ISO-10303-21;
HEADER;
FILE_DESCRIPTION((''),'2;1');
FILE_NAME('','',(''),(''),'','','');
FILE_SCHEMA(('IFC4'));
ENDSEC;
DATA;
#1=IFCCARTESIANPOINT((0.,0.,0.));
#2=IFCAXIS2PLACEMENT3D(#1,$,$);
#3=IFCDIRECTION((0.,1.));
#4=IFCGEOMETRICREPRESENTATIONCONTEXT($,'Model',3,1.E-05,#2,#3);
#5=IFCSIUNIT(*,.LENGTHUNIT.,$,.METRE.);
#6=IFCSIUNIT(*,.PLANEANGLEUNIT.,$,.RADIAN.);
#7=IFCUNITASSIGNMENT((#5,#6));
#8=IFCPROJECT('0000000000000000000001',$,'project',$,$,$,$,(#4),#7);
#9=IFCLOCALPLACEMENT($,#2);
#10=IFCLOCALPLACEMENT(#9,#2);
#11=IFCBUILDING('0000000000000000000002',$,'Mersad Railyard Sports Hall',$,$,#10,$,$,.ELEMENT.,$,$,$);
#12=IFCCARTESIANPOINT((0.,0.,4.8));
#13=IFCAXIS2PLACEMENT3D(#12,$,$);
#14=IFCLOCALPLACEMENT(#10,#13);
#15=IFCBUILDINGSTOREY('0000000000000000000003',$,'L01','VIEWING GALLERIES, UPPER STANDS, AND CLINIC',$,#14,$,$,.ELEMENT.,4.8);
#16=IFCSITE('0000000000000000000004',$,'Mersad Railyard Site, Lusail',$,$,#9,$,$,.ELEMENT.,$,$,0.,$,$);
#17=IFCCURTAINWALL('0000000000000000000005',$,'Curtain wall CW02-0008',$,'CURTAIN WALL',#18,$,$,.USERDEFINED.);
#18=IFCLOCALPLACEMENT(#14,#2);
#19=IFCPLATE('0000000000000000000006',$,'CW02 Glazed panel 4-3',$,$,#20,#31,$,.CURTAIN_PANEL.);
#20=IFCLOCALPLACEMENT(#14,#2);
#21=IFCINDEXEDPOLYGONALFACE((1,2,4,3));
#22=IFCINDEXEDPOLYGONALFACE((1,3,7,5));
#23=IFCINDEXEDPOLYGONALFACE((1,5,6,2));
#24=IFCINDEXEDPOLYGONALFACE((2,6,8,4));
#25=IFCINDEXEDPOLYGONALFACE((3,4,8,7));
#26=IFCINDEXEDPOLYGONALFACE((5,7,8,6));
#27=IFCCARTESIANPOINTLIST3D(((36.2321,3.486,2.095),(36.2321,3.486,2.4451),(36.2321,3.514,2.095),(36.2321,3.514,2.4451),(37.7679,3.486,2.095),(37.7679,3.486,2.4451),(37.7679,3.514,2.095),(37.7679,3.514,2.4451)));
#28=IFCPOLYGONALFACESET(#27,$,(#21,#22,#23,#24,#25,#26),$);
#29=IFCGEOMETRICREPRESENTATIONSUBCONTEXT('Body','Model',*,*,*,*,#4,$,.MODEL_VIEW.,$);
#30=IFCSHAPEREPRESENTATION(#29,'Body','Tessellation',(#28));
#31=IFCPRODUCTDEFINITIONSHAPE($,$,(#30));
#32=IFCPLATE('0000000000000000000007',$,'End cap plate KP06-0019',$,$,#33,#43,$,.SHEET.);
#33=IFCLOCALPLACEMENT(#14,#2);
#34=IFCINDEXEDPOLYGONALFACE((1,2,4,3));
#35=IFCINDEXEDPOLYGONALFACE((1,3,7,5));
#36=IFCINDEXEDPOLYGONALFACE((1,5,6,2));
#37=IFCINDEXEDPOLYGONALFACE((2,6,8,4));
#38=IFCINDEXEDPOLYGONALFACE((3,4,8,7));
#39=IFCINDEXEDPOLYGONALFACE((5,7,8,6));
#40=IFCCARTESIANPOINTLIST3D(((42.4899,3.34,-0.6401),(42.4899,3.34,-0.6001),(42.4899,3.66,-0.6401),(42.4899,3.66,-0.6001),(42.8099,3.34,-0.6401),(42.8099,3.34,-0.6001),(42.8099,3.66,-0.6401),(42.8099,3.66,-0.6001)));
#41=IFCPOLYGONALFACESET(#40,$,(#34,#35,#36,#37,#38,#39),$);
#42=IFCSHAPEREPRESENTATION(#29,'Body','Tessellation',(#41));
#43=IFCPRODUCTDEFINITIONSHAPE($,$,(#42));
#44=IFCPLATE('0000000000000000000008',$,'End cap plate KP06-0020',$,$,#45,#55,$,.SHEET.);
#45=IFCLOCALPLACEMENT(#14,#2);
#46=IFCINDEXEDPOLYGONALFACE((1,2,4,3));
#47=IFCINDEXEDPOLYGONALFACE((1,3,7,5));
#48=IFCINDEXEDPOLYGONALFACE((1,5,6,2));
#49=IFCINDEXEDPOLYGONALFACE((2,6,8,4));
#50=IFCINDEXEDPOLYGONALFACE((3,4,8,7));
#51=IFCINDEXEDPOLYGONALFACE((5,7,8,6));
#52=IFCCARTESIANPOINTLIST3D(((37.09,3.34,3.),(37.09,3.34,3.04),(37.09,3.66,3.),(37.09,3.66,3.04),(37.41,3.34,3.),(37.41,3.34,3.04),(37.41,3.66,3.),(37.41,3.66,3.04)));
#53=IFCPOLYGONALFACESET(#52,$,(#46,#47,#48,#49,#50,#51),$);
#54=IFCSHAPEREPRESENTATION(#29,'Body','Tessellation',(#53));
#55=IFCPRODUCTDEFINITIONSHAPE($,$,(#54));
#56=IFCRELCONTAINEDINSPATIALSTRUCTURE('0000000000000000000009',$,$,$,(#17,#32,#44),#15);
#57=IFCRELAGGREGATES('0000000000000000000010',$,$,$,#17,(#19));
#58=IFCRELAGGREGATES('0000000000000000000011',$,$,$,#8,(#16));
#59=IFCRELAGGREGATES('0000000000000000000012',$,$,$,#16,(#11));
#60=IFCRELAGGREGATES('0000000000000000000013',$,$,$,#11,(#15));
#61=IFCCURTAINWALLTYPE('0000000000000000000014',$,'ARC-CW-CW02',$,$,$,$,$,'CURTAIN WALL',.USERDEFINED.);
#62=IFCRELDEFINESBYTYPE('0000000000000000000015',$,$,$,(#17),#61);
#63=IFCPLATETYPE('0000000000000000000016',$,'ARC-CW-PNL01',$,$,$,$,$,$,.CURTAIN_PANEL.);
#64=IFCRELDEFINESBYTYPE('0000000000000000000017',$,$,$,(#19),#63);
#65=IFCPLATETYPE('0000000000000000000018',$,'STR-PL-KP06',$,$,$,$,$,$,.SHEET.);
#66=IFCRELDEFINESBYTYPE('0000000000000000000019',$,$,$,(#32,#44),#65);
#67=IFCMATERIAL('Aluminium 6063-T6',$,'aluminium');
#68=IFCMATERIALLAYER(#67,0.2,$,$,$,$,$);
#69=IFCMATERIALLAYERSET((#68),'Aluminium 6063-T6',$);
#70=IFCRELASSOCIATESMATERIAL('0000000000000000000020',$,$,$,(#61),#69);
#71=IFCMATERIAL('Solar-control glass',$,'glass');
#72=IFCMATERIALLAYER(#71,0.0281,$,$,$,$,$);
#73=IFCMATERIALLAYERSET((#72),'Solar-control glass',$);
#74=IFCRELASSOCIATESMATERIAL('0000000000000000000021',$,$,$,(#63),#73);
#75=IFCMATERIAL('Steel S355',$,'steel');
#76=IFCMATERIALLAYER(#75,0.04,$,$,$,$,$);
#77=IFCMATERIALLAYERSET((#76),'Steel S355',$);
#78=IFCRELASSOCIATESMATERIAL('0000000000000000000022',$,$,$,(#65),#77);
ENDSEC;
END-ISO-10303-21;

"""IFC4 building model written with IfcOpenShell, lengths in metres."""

from ifc_helpers import new_model, si_unit, direction, frame, origin, origin_2d, place, context, subcontext, project, spatial, rectangle, extrude, material, layer, layer_set, type_object, element, aggregate, save


model = new_model("IFC4")

# Units and contexts
model_context = context("Model", 3, precision=1e-05, world=origin(), true_north=direction((0.0, 1.0)))
body_context = subcontext(model_context, "Body", "Model", "MODEL_VIEW")
ifc_project = project(units=[si_unit("LENGTHUNIT", "METRE"), si_unit("PLANEANGLEUNIT", "RADIAN")], contexts=[model_context])

# Site, building, storey
site_placement = place(None, origin())
site = spatial("IfcSite", under=ifc_project, at=site_placement, Name="Mersad Railyard Site, Lusail", CompositionType="ELEMENT", RefElevation=0.0)
building_placement = place(site_placement, origin())
building = spatial("IfcBuilding", under=site, at=building_placement, Name="Mersad Railyard Sports Hall", CompositionType="ELEMENT")
storey_placement = place(building_placement, frame((0.0, 0.0, 4.8)))
storey = spatial("IfcBuildingStorey", under=building, at=storey_placement, Name="L01", Description="VIEWING GALLERIES, UPPER STANDS, AND CLINIC", CompositionType="ELEMENT", Elevation=4.8)

# Curtain wall
ifc_material_1 = material(Name="Aluminium 6063-T6", Category="aluminium")
ifc_layer_1 = layer(ifc_material_1, 0.2)
ifc_layer_set_1 = layer_set([ifc_layer_1], Name="Aluminium 6063-T6")
curtain_wall_type = type_object("IfcCurtainWallType", Name="ARC-CW-CW02", ElementType="CURTAIN WALL", PredefinedType="USERDEFINED", material=ifc_layer_set_1)
curtain_wall_placement = place(storey_placement, origin())
curtain_wall = element("IfcCurtainWall", 1, at=curtain_wall_placement, inside=storey, type_object=curtain_wall_type, Name="Curtain wall CW02-0008", ObjectType="CURTAIN WALL", PredefinedType="USERDEFINED")

# Shared definitions
ifc_material_2 = material(Name="Steel S355", Category="steel")

# Plate
ifc_material_3 = material(Name="Solar-control glass", Category="glass")
ifc_layer_2 = layer(ifc_material_3, 0.0281)
ifc_layer_set_2 = layer_set([ifc_layer_2], Name="Solar-control glass")
plate_type_1 = type_object("IfcPlateType", Name="ARC-CW-PNL01", PredefinedType="CURTAIN_PANEL", material=ifc_layer_set_2)
plate_1_placement = place(storey_placement, frame((37.0, 3.5, 2.095), z_axis=(0.0, 0.0, 1.0), x_axis=(-1.0, 0.0, 0.0)))
plate_1 = element("IfcPlate", 2, at=plate_1_placement, type_object=plate_type_1, Name="CW02 Glazed panel 4-3", PredefinedType="CURTAIN_PANEL", context=body_context, shape_type="SweptSolid", body=[
    extrude(rectangle(XDim=1.5359, YDim=0.0281, at=origin_2d()), origin(), (0.0, 0.0, 1.0), 0.3501),
])
aggregate(curtain_wall, [plate_1])

# Plates
ifc_layer_3 = layer(ifc_material_2, 0.04)
ifc_layer_set_3 = layer_set([ifc_layer_3], Name="Steel S355")
plate_type_2 = type_object("IfcPlateType", Name="STR-PL-KP06", PredefinedType="SHEET", material=ifc_layer_set_3)
for number, where, z_axis, x_axis, name in (
    (3, (42.6499, 3.5, -0.6401), (0.0, 0.0, 1.0), (1.0, 0.0, 0.0), "End cap plate KP06-0019"),
    (4, (37.25, 3.5, 3.0), (0.0, 0.0, 1.0), (1.0, 0.0, 0.0), "End cap plate KP06-0020"),
):
    element("IfcPlate", number, at=place(storey_placement, frame(where, z_axis=z_axis, x_axis=x_axis)), inside=storey, type_object=plate_type_2, Name=name, PredefinedType="SHEET", context=body_context, shape_type="SweptSolid", body=[
        extrude(rectangle(XDim=0.3201, YDim=0.3201, at=origin_2d()), origin(), (0.0, 0.0, 1.0), 0.04),
    ])

save(model, "model.ifc")
